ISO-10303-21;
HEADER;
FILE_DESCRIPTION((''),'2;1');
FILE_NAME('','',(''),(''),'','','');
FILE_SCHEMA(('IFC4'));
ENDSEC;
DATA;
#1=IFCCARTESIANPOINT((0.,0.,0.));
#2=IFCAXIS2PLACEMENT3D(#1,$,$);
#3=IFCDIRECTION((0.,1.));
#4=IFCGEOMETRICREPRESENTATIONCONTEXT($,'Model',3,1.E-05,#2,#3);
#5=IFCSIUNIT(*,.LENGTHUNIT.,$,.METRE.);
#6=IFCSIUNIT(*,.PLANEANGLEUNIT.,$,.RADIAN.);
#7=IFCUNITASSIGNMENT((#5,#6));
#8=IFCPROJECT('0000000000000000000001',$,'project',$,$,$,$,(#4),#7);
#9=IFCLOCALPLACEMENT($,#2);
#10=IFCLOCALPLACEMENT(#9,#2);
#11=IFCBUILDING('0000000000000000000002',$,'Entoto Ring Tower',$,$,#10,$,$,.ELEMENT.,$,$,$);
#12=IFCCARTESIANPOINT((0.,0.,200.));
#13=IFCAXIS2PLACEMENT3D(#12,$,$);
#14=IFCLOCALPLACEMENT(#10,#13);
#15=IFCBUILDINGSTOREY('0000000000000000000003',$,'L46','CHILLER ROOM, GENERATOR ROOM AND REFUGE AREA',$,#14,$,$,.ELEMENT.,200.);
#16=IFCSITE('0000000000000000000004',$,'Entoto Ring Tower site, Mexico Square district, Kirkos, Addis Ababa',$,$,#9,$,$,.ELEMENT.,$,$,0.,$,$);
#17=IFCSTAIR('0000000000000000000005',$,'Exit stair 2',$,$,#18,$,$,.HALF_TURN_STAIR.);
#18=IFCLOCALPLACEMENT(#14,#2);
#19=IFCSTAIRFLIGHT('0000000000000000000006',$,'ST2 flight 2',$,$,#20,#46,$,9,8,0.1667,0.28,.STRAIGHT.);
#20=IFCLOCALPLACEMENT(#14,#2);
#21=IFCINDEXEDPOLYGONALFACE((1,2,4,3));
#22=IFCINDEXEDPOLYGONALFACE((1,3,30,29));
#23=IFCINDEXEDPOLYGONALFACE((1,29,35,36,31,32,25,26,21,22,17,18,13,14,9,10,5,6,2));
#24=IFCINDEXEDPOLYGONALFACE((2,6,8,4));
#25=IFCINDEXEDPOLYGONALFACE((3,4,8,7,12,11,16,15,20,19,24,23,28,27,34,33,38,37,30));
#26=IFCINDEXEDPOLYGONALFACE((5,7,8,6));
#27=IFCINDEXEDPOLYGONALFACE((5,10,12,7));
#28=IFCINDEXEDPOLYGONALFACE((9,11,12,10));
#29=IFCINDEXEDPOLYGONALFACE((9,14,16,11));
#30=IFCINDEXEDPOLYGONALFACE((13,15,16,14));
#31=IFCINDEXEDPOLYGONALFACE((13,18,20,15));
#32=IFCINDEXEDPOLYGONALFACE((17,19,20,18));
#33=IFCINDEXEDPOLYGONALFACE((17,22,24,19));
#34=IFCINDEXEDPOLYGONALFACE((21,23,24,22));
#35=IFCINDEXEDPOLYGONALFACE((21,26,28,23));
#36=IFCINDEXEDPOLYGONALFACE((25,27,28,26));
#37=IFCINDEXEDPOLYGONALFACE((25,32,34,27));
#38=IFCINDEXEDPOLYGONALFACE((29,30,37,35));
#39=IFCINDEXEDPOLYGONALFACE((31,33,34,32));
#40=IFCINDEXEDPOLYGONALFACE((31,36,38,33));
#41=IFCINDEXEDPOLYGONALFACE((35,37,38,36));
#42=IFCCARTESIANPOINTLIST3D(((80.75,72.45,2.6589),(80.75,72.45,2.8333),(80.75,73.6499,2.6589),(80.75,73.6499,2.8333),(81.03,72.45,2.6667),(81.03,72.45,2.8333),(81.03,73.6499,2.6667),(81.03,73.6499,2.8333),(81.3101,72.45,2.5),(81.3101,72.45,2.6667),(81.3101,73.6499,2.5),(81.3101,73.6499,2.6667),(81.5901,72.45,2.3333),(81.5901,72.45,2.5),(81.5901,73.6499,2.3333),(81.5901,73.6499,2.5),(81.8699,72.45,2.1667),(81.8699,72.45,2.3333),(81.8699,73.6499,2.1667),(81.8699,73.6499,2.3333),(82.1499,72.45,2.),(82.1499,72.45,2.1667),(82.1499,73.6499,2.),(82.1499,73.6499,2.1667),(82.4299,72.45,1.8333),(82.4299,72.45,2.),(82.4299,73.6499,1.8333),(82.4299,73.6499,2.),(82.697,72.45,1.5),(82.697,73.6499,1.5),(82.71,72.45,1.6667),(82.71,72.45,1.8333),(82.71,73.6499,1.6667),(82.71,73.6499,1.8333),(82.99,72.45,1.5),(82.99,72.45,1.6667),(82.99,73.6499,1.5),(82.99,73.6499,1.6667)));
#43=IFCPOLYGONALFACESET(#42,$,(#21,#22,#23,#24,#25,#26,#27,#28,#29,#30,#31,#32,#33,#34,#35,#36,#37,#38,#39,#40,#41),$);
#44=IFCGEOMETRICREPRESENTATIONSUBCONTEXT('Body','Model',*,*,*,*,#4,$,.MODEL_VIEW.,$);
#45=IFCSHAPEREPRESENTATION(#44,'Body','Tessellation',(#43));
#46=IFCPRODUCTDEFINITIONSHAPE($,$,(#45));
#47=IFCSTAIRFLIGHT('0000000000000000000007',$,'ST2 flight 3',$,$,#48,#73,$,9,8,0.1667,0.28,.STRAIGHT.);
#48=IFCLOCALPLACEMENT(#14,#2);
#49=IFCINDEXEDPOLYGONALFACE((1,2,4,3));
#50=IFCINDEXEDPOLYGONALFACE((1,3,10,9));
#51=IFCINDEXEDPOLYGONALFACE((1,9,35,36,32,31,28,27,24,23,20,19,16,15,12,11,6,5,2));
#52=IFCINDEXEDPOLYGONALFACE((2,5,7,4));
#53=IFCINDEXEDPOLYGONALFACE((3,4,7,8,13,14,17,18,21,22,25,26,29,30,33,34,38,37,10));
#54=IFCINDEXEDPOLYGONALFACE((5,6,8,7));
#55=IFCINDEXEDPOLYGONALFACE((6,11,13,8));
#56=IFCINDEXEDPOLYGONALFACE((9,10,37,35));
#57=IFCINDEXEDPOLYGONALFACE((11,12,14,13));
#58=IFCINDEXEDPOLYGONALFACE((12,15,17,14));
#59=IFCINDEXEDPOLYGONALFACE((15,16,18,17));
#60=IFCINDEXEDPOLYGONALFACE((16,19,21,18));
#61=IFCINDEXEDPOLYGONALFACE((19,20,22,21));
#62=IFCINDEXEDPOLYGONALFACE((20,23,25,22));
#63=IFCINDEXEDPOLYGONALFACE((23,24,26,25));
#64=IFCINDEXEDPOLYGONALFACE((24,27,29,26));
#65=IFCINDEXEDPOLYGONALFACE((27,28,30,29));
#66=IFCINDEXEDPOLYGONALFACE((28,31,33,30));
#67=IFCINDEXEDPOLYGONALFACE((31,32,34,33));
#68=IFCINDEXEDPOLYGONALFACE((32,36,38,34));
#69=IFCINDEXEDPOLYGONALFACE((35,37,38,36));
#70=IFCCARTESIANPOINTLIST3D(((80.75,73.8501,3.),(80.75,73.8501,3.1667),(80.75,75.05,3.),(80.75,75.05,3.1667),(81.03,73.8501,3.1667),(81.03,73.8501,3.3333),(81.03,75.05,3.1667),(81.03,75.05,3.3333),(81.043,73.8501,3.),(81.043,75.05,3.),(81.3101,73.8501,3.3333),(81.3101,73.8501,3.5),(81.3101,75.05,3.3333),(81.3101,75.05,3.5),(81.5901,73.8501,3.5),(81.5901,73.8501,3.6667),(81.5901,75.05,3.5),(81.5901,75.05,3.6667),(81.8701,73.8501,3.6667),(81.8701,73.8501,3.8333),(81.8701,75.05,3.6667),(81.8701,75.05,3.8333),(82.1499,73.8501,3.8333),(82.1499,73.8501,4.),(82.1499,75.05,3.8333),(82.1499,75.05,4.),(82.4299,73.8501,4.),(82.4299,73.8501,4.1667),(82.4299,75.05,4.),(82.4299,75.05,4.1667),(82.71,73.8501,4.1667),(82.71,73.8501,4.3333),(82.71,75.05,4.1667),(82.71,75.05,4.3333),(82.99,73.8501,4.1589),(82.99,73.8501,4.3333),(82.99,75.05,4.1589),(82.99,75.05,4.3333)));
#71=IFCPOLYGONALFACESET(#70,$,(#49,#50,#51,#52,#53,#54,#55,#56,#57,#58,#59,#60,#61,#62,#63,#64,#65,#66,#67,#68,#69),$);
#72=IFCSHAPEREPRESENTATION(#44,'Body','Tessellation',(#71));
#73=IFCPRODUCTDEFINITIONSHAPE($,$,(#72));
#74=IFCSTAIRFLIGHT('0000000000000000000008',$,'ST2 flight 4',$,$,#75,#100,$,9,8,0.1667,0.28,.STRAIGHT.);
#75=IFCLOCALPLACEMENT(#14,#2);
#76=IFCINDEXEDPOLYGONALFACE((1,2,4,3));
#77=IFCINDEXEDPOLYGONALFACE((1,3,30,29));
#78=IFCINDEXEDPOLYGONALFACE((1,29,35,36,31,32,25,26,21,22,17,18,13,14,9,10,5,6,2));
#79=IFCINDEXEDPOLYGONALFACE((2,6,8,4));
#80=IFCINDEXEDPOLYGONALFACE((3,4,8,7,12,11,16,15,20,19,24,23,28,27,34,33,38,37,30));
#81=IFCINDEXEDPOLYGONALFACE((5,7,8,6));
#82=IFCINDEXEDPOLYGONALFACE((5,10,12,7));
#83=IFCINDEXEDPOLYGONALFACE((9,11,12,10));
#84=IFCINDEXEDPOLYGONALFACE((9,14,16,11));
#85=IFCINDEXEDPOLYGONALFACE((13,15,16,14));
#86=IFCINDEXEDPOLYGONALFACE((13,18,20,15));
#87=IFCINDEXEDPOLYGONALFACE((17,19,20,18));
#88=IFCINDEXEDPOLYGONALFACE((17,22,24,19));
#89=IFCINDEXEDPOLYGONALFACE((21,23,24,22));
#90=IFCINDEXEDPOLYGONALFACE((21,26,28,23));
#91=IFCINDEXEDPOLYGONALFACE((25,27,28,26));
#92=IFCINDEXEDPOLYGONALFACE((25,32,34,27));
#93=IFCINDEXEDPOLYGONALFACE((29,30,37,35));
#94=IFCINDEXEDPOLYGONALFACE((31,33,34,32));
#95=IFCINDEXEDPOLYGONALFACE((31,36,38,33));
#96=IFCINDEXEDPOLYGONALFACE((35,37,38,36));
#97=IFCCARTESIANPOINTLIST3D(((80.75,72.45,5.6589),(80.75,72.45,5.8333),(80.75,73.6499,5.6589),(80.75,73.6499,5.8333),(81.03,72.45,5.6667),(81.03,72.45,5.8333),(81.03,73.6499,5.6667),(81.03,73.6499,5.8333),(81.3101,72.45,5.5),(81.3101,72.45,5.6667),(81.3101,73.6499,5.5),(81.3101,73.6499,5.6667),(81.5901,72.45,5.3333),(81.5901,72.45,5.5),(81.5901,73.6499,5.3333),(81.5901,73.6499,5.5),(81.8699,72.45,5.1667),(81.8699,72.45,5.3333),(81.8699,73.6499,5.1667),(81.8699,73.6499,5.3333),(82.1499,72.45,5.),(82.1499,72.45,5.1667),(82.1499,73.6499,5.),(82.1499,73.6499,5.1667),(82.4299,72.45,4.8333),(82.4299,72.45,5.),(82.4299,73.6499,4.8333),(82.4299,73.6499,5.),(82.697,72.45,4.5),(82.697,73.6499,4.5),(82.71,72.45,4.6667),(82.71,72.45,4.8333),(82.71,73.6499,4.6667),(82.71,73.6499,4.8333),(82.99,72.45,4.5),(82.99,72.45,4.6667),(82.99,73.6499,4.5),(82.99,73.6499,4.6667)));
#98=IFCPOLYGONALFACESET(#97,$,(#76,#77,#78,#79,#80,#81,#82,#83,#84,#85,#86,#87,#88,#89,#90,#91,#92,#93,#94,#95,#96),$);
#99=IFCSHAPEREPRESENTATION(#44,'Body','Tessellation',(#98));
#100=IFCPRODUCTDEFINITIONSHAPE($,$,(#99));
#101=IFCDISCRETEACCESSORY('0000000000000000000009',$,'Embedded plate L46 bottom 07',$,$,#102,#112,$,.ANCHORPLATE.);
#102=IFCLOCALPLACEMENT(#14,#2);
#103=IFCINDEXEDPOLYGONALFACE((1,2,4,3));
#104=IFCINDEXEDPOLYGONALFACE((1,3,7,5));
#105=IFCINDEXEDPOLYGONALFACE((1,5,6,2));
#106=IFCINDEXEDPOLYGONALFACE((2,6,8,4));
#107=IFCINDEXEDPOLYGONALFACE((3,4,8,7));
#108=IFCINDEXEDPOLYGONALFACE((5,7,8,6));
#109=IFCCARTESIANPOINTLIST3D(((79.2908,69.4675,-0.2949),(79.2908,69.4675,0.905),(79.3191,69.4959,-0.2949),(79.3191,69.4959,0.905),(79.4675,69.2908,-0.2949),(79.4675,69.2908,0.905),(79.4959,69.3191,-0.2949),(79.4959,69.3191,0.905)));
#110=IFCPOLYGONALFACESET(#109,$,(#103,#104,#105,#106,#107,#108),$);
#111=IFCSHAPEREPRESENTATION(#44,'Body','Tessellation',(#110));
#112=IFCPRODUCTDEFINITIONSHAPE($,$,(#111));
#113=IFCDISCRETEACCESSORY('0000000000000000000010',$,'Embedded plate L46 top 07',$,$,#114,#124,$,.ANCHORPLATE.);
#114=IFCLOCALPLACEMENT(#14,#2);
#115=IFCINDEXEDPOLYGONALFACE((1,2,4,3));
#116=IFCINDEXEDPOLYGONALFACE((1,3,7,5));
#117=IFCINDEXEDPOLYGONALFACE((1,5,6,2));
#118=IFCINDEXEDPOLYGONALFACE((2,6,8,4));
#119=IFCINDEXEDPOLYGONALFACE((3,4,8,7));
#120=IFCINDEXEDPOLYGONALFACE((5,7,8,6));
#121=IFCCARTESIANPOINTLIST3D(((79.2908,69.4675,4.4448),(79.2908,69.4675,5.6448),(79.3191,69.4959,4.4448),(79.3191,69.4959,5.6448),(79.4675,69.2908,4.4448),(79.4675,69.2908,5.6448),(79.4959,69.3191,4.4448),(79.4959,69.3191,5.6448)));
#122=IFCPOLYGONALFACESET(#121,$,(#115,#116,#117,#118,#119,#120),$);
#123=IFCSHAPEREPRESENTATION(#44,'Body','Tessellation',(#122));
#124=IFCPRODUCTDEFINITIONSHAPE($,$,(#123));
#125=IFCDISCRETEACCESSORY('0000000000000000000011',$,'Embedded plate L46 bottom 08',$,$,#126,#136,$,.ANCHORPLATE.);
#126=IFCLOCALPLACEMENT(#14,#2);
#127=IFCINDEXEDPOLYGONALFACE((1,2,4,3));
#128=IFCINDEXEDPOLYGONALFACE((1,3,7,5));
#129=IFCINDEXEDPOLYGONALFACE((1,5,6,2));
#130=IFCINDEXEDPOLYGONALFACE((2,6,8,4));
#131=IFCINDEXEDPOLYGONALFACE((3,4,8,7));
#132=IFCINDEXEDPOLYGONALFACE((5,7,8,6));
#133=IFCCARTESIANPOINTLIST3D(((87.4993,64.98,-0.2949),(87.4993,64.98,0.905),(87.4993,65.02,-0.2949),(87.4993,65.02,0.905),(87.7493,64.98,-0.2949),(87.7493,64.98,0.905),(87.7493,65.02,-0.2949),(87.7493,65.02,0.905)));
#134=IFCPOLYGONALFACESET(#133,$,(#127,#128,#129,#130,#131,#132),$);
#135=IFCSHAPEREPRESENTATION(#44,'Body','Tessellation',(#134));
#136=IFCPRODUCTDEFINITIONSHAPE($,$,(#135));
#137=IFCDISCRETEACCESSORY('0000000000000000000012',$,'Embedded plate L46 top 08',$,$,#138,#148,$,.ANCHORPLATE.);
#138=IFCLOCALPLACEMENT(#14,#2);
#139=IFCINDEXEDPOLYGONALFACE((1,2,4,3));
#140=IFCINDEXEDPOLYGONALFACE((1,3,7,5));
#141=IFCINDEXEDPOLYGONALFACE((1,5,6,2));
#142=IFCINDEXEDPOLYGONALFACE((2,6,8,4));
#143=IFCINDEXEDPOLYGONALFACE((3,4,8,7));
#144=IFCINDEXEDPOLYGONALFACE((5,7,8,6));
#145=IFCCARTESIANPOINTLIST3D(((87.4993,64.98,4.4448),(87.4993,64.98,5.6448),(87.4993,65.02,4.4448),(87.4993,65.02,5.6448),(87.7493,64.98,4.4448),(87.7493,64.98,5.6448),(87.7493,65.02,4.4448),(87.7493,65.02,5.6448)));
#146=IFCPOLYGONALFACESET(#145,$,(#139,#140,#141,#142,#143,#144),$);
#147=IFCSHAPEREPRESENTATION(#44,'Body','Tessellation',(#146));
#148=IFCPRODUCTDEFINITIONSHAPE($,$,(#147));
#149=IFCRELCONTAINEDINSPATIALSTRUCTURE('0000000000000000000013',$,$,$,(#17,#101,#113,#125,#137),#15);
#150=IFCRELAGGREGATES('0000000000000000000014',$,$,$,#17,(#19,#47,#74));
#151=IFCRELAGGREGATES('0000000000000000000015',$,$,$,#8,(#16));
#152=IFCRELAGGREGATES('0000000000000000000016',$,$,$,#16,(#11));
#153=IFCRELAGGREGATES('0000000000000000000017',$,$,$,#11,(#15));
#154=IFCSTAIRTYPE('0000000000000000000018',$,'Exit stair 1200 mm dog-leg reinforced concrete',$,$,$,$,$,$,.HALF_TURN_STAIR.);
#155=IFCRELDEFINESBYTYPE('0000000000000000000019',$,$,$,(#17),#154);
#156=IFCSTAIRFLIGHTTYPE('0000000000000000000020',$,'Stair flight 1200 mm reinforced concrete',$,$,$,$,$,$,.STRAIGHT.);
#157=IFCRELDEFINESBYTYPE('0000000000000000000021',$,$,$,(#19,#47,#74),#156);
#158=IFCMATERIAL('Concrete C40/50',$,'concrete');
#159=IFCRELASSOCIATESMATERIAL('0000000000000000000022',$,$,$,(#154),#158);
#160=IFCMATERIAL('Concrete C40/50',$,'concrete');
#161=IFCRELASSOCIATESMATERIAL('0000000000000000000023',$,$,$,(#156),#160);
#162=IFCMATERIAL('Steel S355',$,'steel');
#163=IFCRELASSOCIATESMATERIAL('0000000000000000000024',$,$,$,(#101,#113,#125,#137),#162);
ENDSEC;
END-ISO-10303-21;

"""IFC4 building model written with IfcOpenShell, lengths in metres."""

from ifc_helpers import new_model, si_unit, direction, frame, origin, origin_2d, place, context, subcontext, project, spatial, polyline, rectangle, outline, extrude, material, type_object, element, aggregate, save


model = new_model("IFC4")

# Units and contexts
model_context = context("Model", 3, precision=1e-05, world=origin(), true_north=direction((0.0, 1.0)))
body_context = subcontext(model_context, "Body", "Model", "MODEL_VIEW")
ifc_project = project(units=[si_unit("LENGTHUNIT", "METRE"), si_unit("PLANEANGLEUNIT", "RADIAN")], contexts=[model_context])

# Site, building, storey
site_placement = place(None, origin())
site = spatial("IfcSite", under=ifc_project, at=site_placement, Name="Entoto Ring Tower site, Mexico Square district, Kirkos, Addis Ababa", CompositionType="ELEMENT", RefElevation=0.0)
building_placement = place(site_placement, origin())
building = spatial("IfcBuilding", under=site, at=building_placement, Name="Entoto Ring Tower", CompositionType="ELEMENT")
storey_placement = place(building_placement, frame((0.0, 0.0, 200.0)))
storey = spatial("IfcBuildingStorey", under=building, at=storey_placement, Name="L46", Description="CHILLER ROOM, GENERATOR ROOM AND REFUGE AREA", CompositionType="ELEMENT", Elevation=200.0)

# Stair, stair flights
ifc_material_1 = material(Name="Concrete C40/50", Category="concrete")
stair_type = type_object("IfcStairType", Name="Exit stair 1200 mm dog-leg reinforced concrete", PredefinedType="HALF_TURN_STAIR", material=ifc_material_1)
stair_placement = place(storey_placement, origin())
stair = element("IfcStair", 1, at=stair_placement, inside=storey, type_object=stair_type, Name="Exit stair 2", PredefinedType="HALF_TURN_STAIR")
ifc_material_2 = material(Name="Concrete C40/50", Category="concrete")
stair_flight_type = type_object("IfcStairFlightType", Name="Stair flight 1200 mm reinforced concrete", PredefinedType="STRAIGHT", material=ifc_material_2)
stair_flight_1_placement = place(storey_placement, frame((82.99, 73.05, 1.5), z_axis=(0.0, 0.0, 1.0), x_axis=(-1.0, 0.0, 0.0)))
stair_flight_1 = element("IfcStairFlight", 2, at=stair_flight_1_placement, type_object=stair_flight_type, Name="ST2 flight 2", NumberOfRisers=9, NumberOfTreads=8, PredefinedType="STRAIGHT", RiserHeight=0.1667, TreadLength=0.28, context=body_context, shape_type="SweptSolid", body=[
    extrude(outline(polyline([(0.0, 0.0), (0.0, 0.1667), (0.28, 0.1667), (0.28, 0.3333), (0.5601, 0.3333), (0.5601, 0.5), (0.8401, 0.5), (0.8401, 0.6667), (1.1201, 0.6667), (1.1201, 0.8333), (1.3999, 0.8333), (1.3999, 1.0), (1.6799, 1.0), (1.6799, 1.1667), (1.96, 1.1667), (1.96, 1.3333), (2.24, 1.3333), (2.24, 1.5), (2.24, 1.1589), (0.293, 0.0), (0.0, 0.0)])), frame((0.0, 0.6001, 0.0), z_axis=(0.0, -1.0, 0.0), x_axis=(1.0, 0.0, 0.0)), (0.0, 0.0, 1.0), 1.2),
])
stair_flight_2_placement = place(storey_placement, frame((80.75, 74.45, 3.0), z_axis=(0.0, 0.0, 1.0), x_axis=(1.0, 0.0, 0.0)))
stair_flight_2 = element("IfcStairFlight", 3, at=stair_flight_2_placement, type_object=stair_flight_type, Name="ST2 flight 3", NumberOfRisers=9, NumberOfTreads=8, PredefinedType="STRAIGHT", RiserHeight=0.1667, TreadLength=0.28, context=body_context, shape_type="SweptSolid", body=[
    extrude(outline(polyline([(0.0, 0.0), (0.0, 0.1667), (0.28, 0.1667), (0.28, 0.3333), (0.5601, 0.3333), (0.5601, 0.5), (0.8401, 0.5), (0.8401, 0.6667), (1.1201, 0.6667), (1.1201, 0.8333), (1.3999, 0.8333), (1.3999, 1.0), (1.6799, 1.0), (1.6799, 1.1667), (1.96, 1.1667), (1.96, 1.3333), (2.24, 1.3333), (2.24, 1.5), (2.24, 1.1589), (0.293, 0.0), (0.0, 0.0)])), frame((0.0, 0.6001, 0.0), z_axis=(0.0, -1.0, 0.0), x_axis=(1.0, 0.0, 0.0)), (0.0, 0.0, 1.0), 1.2),
])
stair_flight_3_placement = place(storey_placement, frame((82.99, 73.05, 4.5), z_axis=(0.0, 0.0, 1.0), x_axis=(-1.0, 0.0, 0.0)))
stair_flight_3 = element("IfcStairFlight", 4, at=stair_flight_3_placement, type_object=stair_flight_type, Name="ST2 flight 4", NumberOfRisers=9, NumberOfTreads=8, PredefinedType="STRAIGHT", RiserHeight=0.1667, TreadLength=0.28, context=body_context, shape_type="SweptSolid", body=[
    extrude(outline(polyline([(0.0, 0.0), (0.0, 0.1667), (0.28, 0.1667), (0.28, 0.3333), (0.5601, 0.3333), (0.5601, 0.5), (0.8401, 0.5), (0.8401, 0.6667), (1.1201, 0.6667), (1.1201, 0.8333), (1.3999, 0.8333), (1.3999, 1.0), (1.6799, 1.0), (1.6799, 1.1667), (1.96, 1.1667), (1.96, 1.3333), (2.24, 1.3333), (2.24, 1.5), (2.24, 1.1589), (0.293, 0.0), (0.0, 0.0)])), frame((0.0, 0.6001, 0.0), z_axis=(0.0, -1.0, 0.0), x_axis=(1.0, 0.0, 0.0)), (0.0, 0.0, 1.0), 1.2),
])
aggregate(stair, [stair_flight_1, stair_flight_2, stair_flight_3])

# Discrete accessories
ifc_material_3 = material(Name="Steel S355", Category="steel")
for number, where, z_axis, x_axis, name in (
    (5, (79.3933, 69.3933, -0.2949), (0.0, 0.0, 1.0), (-0.707107, -0.707107, 0.0), "Embedded plate L46 bottom 07"),
    (6, (79.3933, 69.3933, 4.4448), (0.0, 0.0, 1.0), (-0.707107, -0.707107, 0.0), "Embedded plate L46 top 07"),
    (7, (87.6243, 65.0, -0.2949), (0.0, 0.0, 1.0), (0.0, -1.0, 0.0), "Embedded plate L46 bottom 08"),
    (8, (87.6243, 65.0, 4.4448), (0.0, 0.0, 1.0), (0.0, -1.0, 0.0), "Embedded plate L46 top 08"),
):
    element("IfcDiscreteAccessory", number, at=place(storey_placement, frame(where, z_axis=z_axis, x_axis=x_axis)), inside=storey, material=ifc_material_3, Name=name, PredefinedType="ANCHORPLATE", context=body_context, shape_type="SweptSolid", body=[
        extrude(rectangle(XDim=0.04, YDim=0.25, at=origin_2d()), origin(), (0.0, 0.0, 1.0), 1.2),
    ])

save(model, "model.ifc")
